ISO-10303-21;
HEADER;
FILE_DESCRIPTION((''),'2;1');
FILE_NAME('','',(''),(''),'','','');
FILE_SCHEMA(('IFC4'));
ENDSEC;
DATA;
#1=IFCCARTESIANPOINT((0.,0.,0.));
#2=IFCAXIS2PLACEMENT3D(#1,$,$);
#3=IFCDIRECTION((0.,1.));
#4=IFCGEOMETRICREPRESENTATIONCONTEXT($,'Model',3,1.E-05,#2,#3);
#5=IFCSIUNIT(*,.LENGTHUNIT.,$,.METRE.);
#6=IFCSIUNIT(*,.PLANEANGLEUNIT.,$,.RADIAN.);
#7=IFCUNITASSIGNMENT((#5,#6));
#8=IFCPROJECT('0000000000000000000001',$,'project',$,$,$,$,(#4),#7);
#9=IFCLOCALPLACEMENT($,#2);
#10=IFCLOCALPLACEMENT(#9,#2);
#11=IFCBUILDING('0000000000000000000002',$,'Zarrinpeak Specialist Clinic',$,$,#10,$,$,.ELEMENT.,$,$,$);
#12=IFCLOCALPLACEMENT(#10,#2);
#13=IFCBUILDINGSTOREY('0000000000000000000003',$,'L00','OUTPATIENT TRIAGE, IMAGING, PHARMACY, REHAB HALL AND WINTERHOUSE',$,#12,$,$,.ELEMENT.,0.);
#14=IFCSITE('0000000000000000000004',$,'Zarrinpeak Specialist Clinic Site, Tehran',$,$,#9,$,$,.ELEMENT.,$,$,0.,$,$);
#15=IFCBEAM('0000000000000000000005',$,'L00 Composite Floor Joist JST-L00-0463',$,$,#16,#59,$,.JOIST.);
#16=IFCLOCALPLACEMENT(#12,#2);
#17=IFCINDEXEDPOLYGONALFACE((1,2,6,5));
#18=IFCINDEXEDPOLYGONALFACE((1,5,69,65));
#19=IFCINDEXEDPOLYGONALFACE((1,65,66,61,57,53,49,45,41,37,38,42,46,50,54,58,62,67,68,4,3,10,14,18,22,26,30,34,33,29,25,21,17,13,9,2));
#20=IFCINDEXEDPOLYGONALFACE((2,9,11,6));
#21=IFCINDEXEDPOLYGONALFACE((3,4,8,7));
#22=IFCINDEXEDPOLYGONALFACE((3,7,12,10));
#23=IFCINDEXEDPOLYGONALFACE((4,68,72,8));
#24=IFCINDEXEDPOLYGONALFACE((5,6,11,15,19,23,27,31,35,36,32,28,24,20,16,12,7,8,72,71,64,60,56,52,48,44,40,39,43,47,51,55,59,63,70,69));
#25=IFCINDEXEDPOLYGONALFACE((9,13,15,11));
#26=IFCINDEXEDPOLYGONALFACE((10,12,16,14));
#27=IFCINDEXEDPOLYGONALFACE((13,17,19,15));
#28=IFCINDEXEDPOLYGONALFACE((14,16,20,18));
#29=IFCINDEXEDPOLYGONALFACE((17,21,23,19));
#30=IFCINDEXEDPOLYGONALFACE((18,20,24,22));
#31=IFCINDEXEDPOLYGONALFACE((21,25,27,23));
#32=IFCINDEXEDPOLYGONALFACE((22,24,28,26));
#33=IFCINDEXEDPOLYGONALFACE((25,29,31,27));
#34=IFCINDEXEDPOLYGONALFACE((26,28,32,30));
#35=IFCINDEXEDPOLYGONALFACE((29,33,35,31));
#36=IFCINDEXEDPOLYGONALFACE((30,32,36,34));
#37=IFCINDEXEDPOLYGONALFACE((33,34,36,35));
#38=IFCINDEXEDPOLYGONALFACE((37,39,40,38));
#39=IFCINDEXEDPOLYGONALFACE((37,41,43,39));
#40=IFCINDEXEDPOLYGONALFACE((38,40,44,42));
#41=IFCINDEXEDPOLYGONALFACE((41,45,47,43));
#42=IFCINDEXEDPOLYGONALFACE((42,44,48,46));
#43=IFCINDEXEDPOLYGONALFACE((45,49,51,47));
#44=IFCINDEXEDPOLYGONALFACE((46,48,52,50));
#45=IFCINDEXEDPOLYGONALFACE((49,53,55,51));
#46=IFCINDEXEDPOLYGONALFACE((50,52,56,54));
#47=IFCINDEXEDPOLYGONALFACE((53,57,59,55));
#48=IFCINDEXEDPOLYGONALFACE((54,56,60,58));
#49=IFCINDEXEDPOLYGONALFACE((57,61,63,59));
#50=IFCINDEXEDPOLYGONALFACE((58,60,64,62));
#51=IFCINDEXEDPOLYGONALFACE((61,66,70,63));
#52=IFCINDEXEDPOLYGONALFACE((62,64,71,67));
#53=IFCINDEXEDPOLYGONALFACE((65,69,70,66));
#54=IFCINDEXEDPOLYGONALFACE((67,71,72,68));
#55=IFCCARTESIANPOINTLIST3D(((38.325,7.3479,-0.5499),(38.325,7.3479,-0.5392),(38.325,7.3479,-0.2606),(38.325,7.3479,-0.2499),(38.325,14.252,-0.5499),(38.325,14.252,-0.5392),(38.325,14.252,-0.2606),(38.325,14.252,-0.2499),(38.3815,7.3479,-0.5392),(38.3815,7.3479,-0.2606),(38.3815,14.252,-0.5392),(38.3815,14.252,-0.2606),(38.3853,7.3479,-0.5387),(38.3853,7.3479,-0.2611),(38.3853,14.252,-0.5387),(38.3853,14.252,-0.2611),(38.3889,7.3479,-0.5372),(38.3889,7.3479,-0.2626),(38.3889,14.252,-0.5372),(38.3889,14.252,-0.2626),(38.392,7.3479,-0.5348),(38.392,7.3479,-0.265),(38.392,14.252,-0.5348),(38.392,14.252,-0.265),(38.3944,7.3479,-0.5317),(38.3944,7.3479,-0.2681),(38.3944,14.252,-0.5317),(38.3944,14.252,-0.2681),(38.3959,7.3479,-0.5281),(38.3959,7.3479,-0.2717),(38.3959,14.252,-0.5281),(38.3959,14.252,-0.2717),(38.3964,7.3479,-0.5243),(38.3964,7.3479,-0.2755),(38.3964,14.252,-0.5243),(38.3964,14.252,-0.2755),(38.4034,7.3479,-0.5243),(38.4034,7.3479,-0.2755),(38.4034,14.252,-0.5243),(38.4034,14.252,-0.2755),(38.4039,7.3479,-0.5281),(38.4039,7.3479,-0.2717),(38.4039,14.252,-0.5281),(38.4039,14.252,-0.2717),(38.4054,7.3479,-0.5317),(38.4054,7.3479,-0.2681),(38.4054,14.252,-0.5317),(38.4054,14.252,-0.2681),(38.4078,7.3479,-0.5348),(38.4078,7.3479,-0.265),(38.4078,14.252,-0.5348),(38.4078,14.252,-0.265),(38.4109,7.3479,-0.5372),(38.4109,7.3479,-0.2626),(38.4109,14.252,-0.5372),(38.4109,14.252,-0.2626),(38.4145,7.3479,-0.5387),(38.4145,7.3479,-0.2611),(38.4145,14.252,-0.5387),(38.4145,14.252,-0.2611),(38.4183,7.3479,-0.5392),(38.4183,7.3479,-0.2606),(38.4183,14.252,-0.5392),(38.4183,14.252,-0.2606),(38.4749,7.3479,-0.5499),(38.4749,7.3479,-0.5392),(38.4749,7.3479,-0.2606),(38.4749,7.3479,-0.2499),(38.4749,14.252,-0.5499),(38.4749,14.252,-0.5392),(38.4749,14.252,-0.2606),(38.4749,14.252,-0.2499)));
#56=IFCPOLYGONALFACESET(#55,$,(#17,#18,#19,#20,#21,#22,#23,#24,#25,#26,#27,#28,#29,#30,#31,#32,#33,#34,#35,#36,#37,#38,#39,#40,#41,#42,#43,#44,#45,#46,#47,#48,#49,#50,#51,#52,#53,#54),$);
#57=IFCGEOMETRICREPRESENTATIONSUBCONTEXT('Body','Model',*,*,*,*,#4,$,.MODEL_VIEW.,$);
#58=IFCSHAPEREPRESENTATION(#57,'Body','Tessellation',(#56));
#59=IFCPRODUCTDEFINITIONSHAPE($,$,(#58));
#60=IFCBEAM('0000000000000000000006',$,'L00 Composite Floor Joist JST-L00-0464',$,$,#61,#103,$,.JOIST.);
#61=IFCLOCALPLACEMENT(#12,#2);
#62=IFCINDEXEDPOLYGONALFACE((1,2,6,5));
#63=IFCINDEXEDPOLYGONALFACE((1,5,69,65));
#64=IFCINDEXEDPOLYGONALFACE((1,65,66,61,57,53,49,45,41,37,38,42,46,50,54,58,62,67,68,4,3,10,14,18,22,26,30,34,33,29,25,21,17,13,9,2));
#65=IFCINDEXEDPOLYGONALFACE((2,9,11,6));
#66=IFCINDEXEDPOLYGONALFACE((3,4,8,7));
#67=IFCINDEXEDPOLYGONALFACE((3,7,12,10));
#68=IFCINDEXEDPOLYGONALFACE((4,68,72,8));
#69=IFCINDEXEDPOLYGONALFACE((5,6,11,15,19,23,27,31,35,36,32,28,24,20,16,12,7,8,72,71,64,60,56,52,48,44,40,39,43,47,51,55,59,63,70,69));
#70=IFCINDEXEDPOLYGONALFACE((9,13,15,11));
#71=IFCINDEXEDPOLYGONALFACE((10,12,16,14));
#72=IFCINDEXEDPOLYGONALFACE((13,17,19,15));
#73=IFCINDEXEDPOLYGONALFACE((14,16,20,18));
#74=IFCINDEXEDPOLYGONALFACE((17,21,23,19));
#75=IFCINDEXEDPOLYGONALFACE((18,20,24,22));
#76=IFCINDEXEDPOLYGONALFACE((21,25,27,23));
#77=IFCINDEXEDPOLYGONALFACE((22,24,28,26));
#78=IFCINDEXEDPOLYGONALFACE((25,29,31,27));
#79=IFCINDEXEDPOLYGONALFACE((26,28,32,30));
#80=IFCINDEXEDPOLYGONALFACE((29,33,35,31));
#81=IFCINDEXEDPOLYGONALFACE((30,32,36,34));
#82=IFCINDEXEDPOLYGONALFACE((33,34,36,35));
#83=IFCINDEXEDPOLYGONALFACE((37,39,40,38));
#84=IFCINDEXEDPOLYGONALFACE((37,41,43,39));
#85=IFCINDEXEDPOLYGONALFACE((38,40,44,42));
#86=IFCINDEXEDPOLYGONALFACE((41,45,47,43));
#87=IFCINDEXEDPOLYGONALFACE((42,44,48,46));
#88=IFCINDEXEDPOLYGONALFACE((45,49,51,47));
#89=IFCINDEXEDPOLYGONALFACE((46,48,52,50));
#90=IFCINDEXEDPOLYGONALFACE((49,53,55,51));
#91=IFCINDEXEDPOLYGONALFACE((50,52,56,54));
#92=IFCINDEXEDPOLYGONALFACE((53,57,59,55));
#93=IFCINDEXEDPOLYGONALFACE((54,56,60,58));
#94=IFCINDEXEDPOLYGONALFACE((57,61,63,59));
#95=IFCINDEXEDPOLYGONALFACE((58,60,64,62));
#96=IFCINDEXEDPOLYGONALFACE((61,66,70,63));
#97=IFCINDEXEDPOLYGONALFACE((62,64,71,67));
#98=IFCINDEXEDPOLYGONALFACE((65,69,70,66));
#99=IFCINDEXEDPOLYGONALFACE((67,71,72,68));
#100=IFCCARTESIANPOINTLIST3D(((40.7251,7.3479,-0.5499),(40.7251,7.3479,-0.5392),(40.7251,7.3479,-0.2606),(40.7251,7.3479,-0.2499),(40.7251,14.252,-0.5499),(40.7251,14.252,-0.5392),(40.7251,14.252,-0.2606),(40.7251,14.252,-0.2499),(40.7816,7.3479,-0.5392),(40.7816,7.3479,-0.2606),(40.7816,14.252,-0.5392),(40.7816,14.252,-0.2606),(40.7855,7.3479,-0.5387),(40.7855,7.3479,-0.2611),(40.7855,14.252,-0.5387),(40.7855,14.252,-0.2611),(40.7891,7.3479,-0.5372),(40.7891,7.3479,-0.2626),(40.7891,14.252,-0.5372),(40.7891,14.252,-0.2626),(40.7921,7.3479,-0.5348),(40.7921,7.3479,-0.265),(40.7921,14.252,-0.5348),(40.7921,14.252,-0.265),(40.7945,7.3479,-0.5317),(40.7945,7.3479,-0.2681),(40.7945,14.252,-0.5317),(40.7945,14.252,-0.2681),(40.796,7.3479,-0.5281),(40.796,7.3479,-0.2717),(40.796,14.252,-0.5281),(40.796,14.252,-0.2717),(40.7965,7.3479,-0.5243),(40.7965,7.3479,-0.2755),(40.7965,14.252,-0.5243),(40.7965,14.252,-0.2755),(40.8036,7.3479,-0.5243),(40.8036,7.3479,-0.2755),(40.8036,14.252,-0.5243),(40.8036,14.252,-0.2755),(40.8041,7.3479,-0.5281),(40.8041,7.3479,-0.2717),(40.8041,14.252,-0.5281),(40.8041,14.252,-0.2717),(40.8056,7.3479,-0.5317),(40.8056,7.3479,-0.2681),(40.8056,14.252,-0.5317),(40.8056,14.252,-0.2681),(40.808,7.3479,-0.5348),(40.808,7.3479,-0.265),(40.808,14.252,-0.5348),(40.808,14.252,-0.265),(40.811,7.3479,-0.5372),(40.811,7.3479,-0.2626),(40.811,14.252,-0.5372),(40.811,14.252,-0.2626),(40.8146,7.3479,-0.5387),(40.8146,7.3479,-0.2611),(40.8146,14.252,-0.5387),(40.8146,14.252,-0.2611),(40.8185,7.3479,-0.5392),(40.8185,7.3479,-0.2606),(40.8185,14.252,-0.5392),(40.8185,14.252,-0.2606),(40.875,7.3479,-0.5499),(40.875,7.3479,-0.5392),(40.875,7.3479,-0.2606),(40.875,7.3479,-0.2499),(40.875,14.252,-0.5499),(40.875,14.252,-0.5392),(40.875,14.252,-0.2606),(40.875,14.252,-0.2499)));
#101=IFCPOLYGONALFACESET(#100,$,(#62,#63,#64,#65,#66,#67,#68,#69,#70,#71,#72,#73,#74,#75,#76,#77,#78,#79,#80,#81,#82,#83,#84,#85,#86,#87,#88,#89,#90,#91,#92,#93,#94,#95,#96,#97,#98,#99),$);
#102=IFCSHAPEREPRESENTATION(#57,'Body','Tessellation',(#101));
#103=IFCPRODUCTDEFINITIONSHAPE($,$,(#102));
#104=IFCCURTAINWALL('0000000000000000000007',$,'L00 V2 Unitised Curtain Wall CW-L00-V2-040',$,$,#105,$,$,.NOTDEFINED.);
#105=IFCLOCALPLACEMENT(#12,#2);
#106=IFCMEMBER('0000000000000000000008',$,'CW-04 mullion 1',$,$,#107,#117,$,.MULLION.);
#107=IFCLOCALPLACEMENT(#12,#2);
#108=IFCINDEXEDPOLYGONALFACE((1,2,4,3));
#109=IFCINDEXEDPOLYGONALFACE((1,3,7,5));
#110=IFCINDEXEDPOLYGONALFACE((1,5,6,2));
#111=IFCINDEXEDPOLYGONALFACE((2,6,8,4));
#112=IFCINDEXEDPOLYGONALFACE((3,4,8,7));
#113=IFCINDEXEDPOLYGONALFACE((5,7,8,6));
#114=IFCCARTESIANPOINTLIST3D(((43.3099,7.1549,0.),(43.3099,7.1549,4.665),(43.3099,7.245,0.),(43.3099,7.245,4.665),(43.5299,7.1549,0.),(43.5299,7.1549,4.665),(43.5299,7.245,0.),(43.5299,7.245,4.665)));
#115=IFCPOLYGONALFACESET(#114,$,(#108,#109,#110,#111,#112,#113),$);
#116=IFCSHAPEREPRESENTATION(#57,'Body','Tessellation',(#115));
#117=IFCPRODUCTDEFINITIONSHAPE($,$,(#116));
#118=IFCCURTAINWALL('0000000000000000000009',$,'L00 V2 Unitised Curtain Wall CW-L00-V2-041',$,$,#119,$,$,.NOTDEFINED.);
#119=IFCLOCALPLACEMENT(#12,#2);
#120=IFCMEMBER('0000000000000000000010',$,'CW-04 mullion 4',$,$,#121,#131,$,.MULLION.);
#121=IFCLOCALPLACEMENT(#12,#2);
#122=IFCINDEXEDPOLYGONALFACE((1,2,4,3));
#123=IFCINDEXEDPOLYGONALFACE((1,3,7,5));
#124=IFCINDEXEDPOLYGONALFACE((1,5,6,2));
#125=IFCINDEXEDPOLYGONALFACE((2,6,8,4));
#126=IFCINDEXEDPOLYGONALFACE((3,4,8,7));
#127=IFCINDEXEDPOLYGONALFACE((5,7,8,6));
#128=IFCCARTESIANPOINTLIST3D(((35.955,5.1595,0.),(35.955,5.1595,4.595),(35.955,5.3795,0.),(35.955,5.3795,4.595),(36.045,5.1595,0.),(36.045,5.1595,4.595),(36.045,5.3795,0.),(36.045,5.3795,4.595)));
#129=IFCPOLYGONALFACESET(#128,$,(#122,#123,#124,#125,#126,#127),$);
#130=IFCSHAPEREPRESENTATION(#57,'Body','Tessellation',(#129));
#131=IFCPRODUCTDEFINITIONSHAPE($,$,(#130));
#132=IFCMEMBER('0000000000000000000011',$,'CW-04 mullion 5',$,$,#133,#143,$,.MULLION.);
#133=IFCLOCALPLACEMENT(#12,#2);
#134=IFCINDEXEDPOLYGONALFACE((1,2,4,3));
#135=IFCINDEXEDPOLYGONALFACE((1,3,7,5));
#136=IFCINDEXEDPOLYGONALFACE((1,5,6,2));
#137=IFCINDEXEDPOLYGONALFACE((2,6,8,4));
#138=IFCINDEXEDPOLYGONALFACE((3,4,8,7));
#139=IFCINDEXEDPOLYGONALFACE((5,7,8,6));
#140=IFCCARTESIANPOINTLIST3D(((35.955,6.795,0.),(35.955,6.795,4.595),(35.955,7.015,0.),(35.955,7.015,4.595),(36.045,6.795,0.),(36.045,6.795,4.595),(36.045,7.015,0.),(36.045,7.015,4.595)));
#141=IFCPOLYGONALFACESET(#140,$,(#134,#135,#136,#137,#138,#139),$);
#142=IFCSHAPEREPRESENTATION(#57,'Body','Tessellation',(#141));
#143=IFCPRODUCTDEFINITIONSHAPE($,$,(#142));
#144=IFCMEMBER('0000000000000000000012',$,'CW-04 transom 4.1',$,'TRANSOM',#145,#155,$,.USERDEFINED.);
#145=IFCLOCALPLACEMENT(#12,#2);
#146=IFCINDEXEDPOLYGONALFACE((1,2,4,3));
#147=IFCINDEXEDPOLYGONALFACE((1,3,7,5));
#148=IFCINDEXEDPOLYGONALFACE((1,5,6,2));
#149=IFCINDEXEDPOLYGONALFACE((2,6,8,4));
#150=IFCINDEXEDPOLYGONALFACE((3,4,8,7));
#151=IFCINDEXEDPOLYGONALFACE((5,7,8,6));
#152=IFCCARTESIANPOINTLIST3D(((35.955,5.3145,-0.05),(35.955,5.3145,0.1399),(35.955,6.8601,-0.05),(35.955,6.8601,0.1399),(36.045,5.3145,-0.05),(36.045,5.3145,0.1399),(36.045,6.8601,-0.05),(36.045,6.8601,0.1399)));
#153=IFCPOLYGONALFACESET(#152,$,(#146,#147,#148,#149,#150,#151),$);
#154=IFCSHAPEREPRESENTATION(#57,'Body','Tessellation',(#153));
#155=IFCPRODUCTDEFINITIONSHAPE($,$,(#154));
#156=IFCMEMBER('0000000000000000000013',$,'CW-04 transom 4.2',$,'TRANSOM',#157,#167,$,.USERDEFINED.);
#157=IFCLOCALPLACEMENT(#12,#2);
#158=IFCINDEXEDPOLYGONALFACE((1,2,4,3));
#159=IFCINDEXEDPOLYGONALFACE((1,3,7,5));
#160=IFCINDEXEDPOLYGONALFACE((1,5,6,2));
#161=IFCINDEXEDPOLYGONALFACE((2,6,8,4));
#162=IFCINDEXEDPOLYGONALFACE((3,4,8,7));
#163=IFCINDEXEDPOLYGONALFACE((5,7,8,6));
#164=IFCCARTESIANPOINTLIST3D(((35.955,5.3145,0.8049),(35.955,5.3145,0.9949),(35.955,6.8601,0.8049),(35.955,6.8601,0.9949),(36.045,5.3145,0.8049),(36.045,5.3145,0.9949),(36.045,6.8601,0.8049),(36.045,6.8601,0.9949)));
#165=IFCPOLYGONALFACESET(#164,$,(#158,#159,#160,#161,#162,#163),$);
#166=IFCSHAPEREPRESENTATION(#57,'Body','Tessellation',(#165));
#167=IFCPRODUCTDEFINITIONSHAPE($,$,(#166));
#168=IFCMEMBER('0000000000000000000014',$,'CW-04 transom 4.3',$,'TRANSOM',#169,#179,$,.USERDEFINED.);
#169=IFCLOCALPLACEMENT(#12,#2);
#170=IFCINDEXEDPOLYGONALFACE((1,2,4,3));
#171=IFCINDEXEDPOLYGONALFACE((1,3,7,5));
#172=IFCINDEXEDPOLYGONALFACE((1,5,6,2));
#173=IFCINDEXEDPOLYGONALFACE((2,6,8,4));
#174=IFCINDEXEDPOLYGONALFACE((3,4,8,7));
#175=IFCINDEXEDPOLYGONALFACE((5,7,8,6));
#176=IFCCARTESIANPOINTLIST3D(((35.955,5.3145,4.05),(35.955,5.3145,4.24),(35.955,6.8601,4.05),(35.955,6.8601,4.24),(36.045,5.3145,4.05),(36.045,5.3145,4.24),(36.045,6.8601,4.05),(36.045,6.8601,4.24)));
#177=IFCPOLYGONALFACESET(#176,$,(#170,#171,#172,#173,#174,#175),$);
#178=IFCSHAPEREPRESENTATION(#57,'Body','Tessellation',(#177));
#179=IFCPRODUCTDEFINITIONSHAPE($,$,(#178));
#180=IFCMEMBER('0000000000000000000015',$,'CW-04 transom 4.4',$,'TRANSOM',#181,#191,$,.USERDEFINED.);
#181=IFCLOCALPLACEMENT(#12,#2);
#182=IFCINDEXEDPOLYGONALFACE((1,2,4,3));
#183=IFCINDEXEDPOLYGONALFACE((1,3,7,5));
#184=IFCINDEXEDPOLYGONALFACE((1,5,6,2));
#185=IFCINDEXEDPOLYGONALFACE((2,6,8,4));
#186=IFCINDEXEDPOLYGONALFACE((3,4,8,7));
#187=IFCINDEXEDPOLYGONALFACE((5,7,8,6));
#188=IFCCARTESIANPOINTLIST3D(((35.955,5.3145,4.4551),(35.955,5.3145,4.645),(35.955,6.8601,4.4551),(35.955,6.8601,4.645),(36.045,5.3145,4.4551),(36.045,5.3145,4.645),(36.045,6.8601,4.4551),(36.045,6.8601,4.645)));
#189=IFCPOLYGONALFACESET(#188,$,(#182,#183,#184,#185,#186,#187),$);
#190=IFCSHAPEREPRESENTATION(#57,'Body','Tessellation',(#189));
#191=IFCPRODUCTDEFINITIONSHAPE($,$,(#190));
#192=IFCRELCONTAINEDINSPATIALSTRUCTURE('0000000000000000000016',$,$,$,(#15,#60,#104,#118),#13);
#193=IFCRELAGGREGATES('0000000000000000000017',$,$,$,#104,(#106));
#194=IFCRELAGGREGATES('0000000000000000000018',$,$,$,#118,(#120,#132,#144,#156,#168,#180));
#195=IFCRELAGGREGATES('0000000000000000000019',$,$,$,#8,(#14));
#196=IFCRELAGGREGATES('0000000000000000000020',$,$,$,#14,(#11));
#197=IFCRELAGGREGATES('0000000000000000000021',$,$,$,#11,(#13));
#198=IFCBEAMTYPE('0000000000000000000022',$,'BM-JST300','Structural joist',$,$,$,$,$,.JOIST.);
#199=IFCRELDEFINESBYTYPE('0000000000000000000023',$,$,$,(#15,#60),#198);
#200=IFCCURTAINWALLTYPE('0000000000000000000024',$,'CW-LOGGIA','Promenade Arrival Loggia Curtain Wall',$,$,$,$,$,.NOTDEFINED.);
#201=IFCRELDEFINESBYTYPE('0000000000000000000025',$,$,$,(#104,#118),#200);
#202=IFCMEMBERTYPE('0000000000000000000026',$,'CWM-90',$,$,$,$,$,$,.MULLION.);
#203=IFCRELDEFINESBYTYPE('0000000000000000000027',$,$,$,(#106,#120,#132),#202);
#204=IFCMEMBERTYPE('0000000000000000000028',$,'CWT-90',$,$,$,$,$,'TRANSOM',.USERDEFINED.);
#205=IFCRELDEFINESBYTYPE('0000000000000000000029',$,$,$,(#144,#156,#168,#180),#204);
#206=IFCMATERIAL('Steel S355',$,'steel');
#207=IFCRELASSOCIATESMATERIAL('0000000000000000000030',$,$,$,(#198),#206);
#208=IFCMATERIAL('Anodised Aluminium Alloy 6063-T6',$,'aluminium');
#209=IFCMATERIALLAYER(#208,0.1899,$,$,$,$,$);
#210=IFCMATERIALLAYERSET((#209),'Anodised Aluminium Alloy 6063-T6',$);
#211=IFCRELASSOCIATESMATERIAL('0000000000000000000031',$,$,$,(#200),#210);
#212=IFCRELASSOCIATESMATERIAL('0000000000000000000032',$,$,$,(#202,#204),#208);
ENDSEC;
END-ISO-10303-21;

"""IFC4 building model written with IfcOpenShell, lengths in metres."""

from ifc_helpers import new_model, si_unit, direction, frame, origin, origin_2d, place, context, subcontext, project, spatial, rectangle, i_section, extrude, material, layer, layer_set, material_profile, profile_set, type_object, element, aggregate, save


model = new_model("IFC4")

# Units and contexts
model_context = context("Model", 3, precision=1e-05, world=origin(), true_north=direction((0.0, 1.0)))
body_context = subcontext(model_context, "Body", "Model", "MODEL_VIEW")
ifc_project = project(units=[si_unit("LENGTHUNIT", "METRE"), si_unit("PLANEANGLEUNIT", "RADIAN")], contexts=[model_context])

# Site, building, storey
site_placement = place(None, origin())
site = spatial("IfcSite", under=ifc_project, at=site_placement, Name="Zarrinpeak Specialist Clinic Site, Tehran", CompositionType="ELEMENT", RefElevation=0.0)
building_placement = place(site_placement, origin())
building = spatial("IfcBuilding", under=site, at=building_placement, Name="Zarrinpeak Specialist Clinic", CompositionType="ELEMENT")
storey_placement = place(building_placement, origin())
storey = spatial("IfcBuildingStorey", under=building, at=storey_placement, Name="L00", Description="OUTPATIENT TRIAGE, IMAGING, PHARMACY, REHAB HALL AND WINTERHOUSE", CompositionType="ELEMENT", Elevation=0.0)

# Shared definitions
ifc_material_1 = material(Name="Steel S355", Category="steel")

# Beams
ifc_material_profile_1 = material_profile(ifc_material_1, i_section(OverallWidth=0.1499, OverallDepth=0.3, WebThickness=0.0071, FlangeThickness=0.0107, FilletRadius=0.0149, at=origin_2d()), Name="IPE 300")
ifc_profile_set_1 = profile_set([ifc_material_profile_1], Name="Steel S355")
beam_type_1 = type_object("IfcBeamType", Name="BM-JST300", Description="Structural joist", PredefinedType="JOIST", material=ifc_profile_set_1)
for number, where, z_axis, x_axis, name in (
    (1, (38.3999, 7.3479, -0.3999), (0.0, 1.0, 0.0), (-1.0, 0.0, 0.0), "L00 Composite Floor Joist JST-L00-0463"),
    (2, (40.8, 7.3479, -0.3999), (0.0, 1.0, 0.0), (-1.0, 0.0, 0.0), "L00 Composite Floor Joist JST-L00-0464"),
):
    element("IfcBeam", number, at=place(storey_placement, frame(where, z_axis=z_axis, x_axis=x_axis)), inside=storey, type_object=beam_type_1, Name=name, PredefinedType="JOIST", context=body_context, shape_type="SweptSolid", body=[
        extrude(i_section(OverallWidth=0.1499, OverallDepth=0.3, WebThickness=0.0071, FlangeThickness=0.0107, FilletRadius=0.0149, at=origin_2d()), origin(), (0.0, 0.0, 1.0), 6.9041),
    ])

# Curtain wall, member
ifc_material_2 = material(Name="Anodised Aluminium Alloy 6063-T6", Category="aluminium")
ifc_layer_1 = layer(ifc_material_2, 0.1899)
ifc_layer_set_1 = layer_set([ifc_layer_1], Name="Anodised Aluminium Alloy 6063-T6")
curtain_wall_type = type_object("IfcCurtainWallType", Name="CW-LOGGIA", Description="Promenade Arrival Loggia Curtain Wall", PredefinedType="NOTDEFINED", material=ifc_layer_set_1)
curtain_wall_1_placement = place(storey_placement, origin())
curtain_wall_1 = element("IfcCurtainWall", 3, at=curtain_wall_1_placement, inside=storey, type_object=curtain_wall_type, Name="L00 V2 Unitised Curtain Wall CW-L00-V2-040", PredefinedType="NOTDEFINED")
ifc_material_profile_2 = material_profile(ifc_material_2, rectangle(XDim=0.0901, YDim=0.22, at=origin_2d()), Name="ALU 90x220")
ifc_profile_set_2 = profile_set([ifc_material_profile_2], Name="Anodised Aluminium Alloy 6063-T6")
member_type_1 = type_object("IfcMemberType", Name="CWM-90", PredefinedType="MULLION", material=ifc_profile_set_2)
member_1_placement = place(storey_placement, frame((43.4199, 7.2, 0.0), z_axis=(0.0, 0.0, 1.0), x_axis=(0.0, 1.0, 0.0)))
member_1 = element("IfcMember", 4, at=member_1_placement, type_object=member_type_1, Name="CW-04 mullion 1", PredefinedType="MULLION", context=body_context, shape_type="SweptSolid", body=[
    extrude(rectangle(XDim=0.0901, YDim=0.22, at=origin_2d()), origin(), (0.0, 0.0, 1.0), 4.665),
])
aggregate(curtain_wall_1, [member_1])

# Curtain wall, members
curtain_wall_2_placement = place(storey_placement, origin())
curtain_wall_2 = element("IfcCurtainWall", 5, at=curtain_wall_2_placement, inside=storey, type_object=curtain_wall_type, Name="L00 V2 Unitised Curtain Wall CW-L00-V2-041", PredefinedType="NOTDEFINED")
member_2_placement = place(storey_placement, frame((36.0, 5.2695, 0.0), z_axis=(0.0, 0.0, 1.0), x_axis=(-1.0, 0.0, 0.0)))
member_2 = element("IfcMember", 6, at=member_2_placement, type_object=member_type_1, Name="CW-04 mullion 4", PredefinedType="MULLION", context=body_context, shape_type="SweptSolid", body=[
    extrude(rectangle(XDim=0.0901, YDim=0.22, at=origin_2d()), origin(), (0.0, 0.0, 1.0), 4.595),
])
member_3_placement = place(storey_placement, frame((36.0, 6.905, 0.0), z_axis=(0.0, 0.0, 1.0), x_axis=(-1.0, 0.0, 0.0)))
member_3 = element("IfcMember", 7, at=member_3_placement, type_object=member_type_1, Name="CW-04 mullion 5", PredefinedType="MULLION", context=body_context, shape_type="SweptSolid", body=[
    extrude(rectangle(XDim=0.0901, YDim=0.22, at=origin_2d()), origin(), (0.0, 0.0, 1.0), 4.595),
])
ifc_material_profile_3 = material_profile(ifc_material_2, rectangle(XDim=0.0901, YDim=0.1899, at=origin_2d()), Name="ALU 90x190")
ifc_profile_set_3 = profile_set([ifc_material_profile_3], Name="Anodised Aluminium Alloy 6063-T6")
member_type_2 = type_object("IfcMemberType", Name="CWT-90", ElementType="TRANSOM", PredefinedType="USERDEFINED", material=ifc_profile_set_3)
member_4_placement = place(storey_placement, frame((36.0, 5.3145, 0.0449), z_axis=(0.0, 1.0, 0.0), x_axis=(-1.0, 0.0, 0.0)))
member_4 = element("IfcMember", 8, at=member_4_placement, type_object=member_type_2, Name="CW-04 transom 4.1", ObjectType="TRANSOM", PredefinedType="USERDEFINED", context=body_context, shape_type="SweptSolid", body=[
    extrude(rectangle(XDim=0.0901, YDim=0.1899, at=origin_2d()), origin(), (0.0, 0.0, 1.0), 1.5457),
])
member_5_placement = place(storey_placement, frame((36.0, 5.3145, 0.8999), z_axis=(0.0, 1.0, 0.0), x_axis=(-1.0, 0.0, 0.0)))
member_5 = element("IfcMember", 9, at=member_5_placement, type_object=member_type_2, Name="CW-04 transom 4.2", ObjectType="TRANSOM", PredefinedType="USERDEFINED", context=body_context, shape_type="SweptSolid", body=[
    extrude(rectangle(XDim=0.0901, YDim=0.1899, at=origin_2d()), origin(), (0.0, 0.0, 1.0), 1.5457),
])
member_6_placement = place(storey_placement, frame((36.0, 5.3145, 4.145), z_axis=(0.0, 1.0, 0.0), x_axis=(-1.0, 0.0, 0.0)))
member_6 = element("IfcMember", 10, at=member_6_placement, type_object=member_type_2, Name="CW-04 transom 4.3", ObjectType="TRANSOM", PredefinedType="USERDEFINED", context=body_context, shape_type="SweptSolid", body=[
    extrude(rectangle(XDim=0.0901, YDim=0.1899, at=origin_2d()), origin(), (0.0, 0.0, 1.0), 1.5457),
])
member_7_placement = place(storey_placement, frame((36.0, 5.3145, 4.55), z_axis=(0.0, 1.0, 0.0), x_axis=(-1.0, 0.0, 0.0)))
member_7 = element("IfcMember", 11, at=member_7_placement, type_object=member_type_2, Name="CW-04 transom 4.4", ObjectType="TRANSOM", PredefinedType="USERDEFINED", context=body_context, shape_type="SweptSolid", body=[
    extrude(rectangle(XDim=0.0901, YDim=0.1899, at=origin_2d()), origin(), (0.0, 0.0, 1.0), 1.5457),
])
aggregate(curtain_wall_2, [member_2, member_3, member_4, member_5, member_6, member_7])

save(model, "model.ifc")
